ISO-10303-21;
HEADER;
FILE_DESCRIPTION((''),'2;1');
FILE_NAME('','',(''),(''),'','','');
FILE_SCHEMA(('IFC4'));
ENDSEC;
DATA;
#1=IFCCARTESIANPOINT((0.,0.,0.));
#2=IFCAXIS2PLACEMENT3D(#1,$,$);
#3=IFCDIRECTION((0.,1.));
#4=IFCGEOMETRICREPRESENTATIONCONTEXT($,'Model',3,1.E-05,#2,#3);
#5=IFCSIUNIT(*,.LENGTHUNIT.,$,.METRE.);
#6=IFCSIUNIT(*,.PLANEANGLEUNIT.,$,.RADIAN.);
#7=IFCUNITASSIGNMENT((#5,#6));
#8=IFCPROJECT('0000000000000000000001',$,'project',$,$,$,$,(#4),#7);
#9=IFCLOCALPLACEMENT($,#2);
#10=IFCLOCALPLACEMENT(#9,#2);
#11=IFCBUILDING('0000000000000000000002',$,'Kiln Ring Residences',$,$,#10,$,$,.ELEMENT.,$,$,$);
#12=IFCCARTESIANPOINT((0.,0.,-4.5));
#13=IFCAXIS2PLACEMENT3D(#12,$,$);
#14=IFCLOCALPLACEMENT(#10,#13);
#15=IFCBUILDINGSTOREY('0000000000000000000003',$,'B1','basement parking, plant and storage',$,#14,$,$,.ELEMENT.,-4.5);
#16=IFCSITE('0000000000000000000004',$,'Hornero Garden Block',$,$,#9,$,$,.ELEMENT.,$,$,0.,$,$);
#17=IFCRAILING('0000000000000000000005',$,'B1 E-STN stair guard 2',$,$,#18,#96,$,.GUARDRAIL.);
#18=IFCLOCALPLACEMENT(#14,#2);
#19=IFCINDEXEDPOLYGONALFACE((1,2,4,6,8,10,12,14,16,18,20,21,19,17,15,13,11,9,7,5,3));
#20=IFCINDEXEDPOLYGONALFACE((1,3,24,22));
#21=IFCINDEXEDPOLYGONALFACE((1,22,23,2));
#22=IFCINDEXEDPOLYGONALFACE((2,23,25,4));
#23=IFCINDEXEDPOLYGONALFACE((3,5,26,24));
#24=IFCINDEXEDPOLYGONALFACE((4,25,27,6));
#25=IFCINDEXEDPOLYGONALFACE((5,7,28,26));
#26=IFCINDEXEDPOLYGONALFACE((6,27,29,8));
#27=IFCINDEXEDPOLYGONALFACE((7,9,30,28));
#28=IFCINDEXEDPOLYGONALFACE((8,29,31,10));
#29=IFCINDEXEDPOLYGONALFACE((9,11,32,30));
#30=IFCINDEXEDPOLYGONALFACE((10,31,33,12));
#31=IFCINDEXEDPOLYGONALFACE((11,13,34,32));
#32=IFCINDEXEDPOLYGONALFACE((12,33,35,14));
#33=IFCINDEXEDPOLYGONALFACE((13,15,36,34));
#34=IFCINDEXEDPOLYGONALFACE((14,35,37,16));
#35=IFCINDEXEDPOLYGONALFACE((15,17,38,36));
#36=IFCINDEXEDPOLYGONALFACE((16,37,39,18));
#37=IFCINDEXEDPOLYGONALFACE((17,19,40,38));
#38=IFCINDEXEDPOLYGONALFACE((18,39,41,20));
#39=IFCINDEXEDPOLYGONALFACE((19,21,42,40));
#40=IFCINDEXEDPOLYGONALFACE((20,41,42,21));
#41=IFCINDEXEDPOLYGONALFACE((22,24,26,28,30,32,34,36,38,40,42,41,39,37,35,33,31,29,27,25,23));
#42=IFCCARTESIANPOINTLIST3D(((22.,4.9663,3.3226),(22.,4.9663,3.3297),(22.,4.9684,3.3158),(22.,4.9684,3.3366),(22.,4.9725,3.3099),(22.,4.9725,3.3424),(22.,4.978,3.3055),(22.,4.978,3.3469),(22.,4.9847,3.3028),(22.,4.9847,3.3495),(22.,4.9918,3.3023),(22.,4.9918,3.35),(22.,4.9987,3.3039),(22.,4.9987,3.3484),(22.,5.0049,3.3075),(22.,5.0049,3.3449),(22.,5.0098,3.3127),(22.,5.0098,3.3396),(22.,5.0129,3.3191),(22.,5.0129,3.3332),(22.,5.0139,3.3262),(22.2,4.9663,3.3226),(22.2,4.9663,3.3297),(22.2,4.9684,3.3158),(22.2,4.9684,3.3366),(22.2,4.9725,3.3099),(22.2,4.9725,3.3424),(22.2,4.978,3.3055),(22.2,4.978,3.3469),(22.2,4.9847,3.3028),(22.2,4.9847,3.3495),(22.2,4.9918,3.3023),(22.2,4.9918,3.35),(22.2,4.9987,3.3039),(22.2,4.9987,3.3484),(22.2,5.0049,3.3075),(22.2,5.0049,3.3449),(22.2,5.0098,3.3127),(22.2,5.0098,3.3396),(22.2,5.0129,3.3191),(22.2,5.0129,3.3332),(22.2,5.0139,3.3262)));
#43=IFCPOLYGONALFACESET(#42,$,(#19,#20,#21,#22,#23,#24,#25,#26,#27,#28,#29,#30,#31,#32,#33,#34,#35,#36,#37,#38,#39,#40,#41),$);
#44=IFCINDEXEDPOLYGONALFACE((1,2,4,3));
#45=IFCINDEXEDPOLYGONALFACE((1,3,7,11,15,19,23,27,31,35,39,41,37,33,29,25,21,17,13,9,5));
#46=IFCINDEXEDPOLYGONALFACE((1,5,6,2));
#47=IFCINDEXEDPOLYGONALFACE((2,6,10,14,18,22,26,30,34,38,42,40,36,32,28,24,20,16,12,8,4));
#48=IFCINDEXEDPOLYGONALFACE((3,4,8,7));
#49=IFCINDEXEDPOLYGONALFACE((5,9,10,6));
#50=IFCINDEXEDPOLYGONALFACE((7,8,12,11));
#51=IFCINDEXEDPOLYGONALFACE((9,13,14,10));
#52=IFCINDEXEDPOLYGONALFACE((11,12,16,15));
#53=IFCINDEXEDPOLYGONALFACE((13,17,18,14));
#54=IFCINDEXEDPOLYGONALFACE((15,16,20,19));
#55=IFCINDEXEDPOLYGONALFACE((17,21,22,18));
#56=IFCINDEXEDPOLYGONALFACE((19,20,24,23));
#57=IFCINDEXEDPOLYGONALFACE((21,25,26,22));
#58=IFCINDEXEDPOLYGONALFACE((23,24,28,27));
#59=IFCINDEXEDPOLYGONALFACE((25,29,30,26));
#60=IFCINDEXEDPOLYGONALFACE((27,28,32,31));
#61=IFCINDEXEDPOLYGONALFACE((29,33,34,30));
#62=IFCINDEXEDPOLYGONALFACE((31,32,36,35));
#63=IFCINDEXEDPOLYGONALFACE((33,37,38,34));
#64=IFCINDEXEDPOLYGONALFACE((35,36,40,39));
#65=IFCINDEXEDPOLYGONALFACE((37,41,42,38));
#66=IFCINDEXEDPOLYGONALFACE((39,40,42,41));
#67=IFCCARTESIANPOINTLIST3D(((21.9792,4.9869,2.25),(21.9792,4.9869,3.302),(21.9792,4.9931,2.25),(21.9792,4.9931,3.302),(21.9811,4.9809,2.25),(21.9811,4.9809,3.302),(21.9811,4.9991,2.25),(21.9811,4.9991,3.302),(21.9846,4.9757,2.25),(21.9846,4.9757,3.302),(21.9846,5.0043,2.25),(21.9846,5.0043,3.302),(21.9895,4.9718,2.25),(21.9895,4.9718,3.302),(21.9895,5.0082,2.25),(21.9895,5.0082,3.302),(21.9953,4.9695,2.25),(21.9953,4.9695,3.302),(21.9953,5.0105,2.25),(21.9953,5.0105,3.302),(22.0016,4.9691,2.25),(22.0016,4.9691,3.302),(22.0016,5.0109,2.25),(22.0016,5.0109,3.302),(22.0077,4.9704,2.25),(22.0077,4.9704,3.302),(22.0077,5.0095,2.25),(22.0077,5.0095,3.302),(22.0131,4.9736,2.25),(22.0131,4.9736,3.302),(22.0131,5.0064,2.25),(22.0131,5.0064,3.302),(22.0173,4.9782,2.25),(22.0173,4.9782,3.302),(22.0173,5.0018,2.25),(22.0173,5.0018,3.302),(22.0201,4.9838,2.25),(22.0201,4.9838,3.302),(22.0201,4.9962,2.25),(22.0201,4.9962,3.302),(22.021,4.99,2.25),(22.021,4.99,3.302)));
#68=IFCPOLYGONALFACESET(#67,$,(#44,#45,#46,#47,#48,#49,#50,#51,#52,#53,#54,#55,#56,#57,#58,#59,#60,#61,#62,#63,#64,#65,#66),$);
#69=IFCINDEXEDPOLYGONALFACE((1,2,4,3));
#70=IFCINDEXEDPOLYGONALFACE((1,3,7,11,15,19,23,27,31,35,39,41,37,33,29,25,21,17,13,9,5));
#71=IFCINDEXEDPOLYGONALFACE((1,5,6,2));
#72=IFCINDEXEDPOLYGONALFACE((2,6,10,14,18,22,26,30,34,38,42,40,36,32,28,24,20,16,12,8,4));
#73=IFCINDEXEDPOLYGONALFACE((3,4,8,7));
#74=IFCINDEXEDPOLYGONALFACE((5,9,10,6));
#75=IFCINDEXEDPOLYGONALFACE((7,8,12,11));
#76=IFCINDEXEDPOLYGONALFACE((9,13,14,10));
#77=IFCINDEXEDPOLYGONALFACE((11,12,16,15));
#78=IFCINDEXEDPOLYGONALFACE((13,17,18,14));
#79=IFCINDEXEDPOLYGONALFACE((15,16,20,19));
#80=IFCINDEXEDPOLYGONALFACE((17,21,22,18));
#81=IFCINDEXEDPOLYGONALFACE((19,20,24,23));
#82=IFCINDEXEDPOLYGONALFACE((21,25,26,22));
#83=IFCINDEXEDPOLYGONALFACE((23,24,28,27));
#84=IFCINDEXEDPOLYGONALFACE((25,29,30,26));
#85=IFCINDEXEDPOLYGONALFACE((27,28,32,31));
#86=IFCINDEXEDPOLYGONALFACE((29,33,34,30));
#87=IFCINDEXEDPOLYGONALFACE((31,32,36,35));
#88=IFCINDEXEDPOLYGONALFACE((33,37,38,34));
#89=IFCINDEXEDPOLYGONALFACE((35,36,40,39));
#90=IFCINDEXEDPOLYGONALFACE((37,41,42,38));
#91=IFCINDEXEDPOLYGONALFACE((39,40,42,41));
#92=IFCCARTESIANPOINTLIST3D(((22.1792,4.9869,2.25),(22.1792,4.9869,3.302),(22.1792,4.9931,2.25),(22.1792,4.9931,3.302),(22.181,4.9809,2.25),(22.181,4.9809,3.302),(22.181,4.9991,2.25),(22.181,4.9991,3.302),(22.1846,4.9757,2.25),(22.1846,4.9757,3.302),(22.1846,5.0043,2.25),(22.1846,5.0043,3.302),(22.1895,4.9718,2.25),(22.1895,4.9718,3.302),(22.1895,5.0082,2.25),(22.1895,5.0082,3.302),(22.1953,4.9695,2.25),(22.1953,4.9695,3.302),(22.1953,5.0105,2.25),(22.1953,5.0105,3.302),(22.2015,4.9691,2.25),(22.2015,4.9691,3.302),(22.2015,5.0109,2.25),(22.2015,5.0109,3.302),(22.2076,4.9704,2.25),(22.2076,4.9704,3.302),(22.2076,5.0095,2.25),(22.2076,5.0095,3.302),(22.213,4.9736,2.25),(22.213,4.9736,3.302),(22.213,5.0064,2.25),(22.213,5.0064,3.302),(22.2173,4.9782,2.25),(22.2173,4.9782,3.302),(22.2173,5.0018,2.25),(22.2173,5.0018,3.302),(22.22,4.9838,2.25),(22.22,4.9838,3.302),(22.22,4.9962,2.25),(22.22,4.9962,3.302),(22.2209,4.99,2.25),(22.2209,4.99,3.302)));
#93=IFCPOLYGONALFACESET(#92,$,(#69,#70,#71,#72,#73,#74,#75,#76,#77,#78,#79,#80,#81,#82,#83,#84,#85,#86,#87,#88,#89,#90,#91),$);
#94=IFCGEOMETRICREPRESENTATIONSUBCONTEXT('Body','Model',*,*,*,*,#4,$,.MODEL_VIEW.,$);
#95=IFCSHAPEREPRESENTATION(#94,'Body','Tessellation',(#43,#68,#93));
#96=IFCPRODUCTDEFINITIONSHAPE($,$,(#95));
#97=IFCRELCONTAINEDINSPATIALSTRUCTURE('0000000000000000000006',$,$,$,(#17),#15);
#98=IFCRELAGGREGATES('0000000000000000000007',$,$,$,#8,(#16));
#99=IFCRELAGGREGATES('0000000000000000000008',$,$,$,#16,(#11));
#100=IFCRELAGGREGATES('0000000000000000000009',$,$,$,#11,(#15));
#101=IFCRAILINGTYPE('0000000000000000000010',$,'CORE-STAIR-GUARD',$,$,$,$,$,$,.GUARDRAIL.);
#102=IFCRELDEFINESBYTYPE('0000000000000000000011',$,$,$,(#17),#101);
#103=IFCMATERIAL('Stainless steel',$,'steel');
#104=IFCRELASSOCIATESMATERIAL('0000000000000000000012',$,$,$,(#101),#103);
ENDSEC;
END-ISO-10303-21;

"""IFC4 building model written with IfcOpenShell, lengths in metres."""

from ifc_helpers import new_model, si_unit, direction, frame, origin, origin_2d, place, context, subcontext, project, spatial, circle, extrude, material, type_object, element, save


model = new_model("IFC4")

# Units and contexts
model_context = context("Model", 3, precision=1e-05, world=origin(), true_north=direction((0.0, 1.0)))
body_context = subcontext(model_context, "Body", "Model", "MODEL_VIEW")
ifc_project = project(units=[si_unit("LENGTHUNIT", "METRE"), si_unit("PLANEANGLEUNIT", "RADIAN")], contexts=[model_context])

# Site, building, storey
site_placement = place(None, origin())
site = spatial("IfcSite", under=ifc_project, at=site_placement, Name="Hornero Garden Block", CompositionType="ELEMENT", RefElevation=0.0)
building_placement = place(site_placement, origin())
building = spatial("IfcBuilding", under=site, at=building_placement, Name="Kiln Ring Residences", CompositionType="ELEMENT")
storey_placement = place(building_placement, frame((0.0, 0.0, -4.5)))
storey = spatial("IfcBuildingStorey", under=building, at=storey_placement, Name="B1", Description="basement parking, plant and storage", CompositionType="ELEMENT", Elevation=-4.5)

# Railing
ifc_material_1 = material(Name="Stainless steel", Category="steel")
railing_type_1 = type_object("IfcRailingType", Name="CORE-STAIR-GUARD", PredefinedType="GUARDRAIL", material=ifc_material_1)
railing_1_placement = place(storey_placement, frame((22.0, 4.99, 2.25)))
element("IfcRailing", 1, at=railing_1_placement, inside=storey, type_object=railing_type_1, Name="B1 E-STN stair guard 2", PredefinedType="GUARDRAIL", context=body_context, shape_type="SweptSolid", body=[
    extrude(circle(Radius=0.0239, at=origin_2d()), frame((0.0, 0.0, 1.0762), z_axis=(1.0, 0.0, 0.0), x_axis=(0.0, 1.0, 0.0)), (0.0, 0.0, 1.0), 0.2),
    extrude(circle(Radius=0.021, at=origin_2d()), origin(), (0.0, 0.0, 1.0), 1.052),
    extrude(circle(Radius=0.021, at=origin_2d()), frame((0.2, 0.0, 0.0)), (0.0, 0.0, 1.0), 1.052),
])

save(model, "model.ifc")
